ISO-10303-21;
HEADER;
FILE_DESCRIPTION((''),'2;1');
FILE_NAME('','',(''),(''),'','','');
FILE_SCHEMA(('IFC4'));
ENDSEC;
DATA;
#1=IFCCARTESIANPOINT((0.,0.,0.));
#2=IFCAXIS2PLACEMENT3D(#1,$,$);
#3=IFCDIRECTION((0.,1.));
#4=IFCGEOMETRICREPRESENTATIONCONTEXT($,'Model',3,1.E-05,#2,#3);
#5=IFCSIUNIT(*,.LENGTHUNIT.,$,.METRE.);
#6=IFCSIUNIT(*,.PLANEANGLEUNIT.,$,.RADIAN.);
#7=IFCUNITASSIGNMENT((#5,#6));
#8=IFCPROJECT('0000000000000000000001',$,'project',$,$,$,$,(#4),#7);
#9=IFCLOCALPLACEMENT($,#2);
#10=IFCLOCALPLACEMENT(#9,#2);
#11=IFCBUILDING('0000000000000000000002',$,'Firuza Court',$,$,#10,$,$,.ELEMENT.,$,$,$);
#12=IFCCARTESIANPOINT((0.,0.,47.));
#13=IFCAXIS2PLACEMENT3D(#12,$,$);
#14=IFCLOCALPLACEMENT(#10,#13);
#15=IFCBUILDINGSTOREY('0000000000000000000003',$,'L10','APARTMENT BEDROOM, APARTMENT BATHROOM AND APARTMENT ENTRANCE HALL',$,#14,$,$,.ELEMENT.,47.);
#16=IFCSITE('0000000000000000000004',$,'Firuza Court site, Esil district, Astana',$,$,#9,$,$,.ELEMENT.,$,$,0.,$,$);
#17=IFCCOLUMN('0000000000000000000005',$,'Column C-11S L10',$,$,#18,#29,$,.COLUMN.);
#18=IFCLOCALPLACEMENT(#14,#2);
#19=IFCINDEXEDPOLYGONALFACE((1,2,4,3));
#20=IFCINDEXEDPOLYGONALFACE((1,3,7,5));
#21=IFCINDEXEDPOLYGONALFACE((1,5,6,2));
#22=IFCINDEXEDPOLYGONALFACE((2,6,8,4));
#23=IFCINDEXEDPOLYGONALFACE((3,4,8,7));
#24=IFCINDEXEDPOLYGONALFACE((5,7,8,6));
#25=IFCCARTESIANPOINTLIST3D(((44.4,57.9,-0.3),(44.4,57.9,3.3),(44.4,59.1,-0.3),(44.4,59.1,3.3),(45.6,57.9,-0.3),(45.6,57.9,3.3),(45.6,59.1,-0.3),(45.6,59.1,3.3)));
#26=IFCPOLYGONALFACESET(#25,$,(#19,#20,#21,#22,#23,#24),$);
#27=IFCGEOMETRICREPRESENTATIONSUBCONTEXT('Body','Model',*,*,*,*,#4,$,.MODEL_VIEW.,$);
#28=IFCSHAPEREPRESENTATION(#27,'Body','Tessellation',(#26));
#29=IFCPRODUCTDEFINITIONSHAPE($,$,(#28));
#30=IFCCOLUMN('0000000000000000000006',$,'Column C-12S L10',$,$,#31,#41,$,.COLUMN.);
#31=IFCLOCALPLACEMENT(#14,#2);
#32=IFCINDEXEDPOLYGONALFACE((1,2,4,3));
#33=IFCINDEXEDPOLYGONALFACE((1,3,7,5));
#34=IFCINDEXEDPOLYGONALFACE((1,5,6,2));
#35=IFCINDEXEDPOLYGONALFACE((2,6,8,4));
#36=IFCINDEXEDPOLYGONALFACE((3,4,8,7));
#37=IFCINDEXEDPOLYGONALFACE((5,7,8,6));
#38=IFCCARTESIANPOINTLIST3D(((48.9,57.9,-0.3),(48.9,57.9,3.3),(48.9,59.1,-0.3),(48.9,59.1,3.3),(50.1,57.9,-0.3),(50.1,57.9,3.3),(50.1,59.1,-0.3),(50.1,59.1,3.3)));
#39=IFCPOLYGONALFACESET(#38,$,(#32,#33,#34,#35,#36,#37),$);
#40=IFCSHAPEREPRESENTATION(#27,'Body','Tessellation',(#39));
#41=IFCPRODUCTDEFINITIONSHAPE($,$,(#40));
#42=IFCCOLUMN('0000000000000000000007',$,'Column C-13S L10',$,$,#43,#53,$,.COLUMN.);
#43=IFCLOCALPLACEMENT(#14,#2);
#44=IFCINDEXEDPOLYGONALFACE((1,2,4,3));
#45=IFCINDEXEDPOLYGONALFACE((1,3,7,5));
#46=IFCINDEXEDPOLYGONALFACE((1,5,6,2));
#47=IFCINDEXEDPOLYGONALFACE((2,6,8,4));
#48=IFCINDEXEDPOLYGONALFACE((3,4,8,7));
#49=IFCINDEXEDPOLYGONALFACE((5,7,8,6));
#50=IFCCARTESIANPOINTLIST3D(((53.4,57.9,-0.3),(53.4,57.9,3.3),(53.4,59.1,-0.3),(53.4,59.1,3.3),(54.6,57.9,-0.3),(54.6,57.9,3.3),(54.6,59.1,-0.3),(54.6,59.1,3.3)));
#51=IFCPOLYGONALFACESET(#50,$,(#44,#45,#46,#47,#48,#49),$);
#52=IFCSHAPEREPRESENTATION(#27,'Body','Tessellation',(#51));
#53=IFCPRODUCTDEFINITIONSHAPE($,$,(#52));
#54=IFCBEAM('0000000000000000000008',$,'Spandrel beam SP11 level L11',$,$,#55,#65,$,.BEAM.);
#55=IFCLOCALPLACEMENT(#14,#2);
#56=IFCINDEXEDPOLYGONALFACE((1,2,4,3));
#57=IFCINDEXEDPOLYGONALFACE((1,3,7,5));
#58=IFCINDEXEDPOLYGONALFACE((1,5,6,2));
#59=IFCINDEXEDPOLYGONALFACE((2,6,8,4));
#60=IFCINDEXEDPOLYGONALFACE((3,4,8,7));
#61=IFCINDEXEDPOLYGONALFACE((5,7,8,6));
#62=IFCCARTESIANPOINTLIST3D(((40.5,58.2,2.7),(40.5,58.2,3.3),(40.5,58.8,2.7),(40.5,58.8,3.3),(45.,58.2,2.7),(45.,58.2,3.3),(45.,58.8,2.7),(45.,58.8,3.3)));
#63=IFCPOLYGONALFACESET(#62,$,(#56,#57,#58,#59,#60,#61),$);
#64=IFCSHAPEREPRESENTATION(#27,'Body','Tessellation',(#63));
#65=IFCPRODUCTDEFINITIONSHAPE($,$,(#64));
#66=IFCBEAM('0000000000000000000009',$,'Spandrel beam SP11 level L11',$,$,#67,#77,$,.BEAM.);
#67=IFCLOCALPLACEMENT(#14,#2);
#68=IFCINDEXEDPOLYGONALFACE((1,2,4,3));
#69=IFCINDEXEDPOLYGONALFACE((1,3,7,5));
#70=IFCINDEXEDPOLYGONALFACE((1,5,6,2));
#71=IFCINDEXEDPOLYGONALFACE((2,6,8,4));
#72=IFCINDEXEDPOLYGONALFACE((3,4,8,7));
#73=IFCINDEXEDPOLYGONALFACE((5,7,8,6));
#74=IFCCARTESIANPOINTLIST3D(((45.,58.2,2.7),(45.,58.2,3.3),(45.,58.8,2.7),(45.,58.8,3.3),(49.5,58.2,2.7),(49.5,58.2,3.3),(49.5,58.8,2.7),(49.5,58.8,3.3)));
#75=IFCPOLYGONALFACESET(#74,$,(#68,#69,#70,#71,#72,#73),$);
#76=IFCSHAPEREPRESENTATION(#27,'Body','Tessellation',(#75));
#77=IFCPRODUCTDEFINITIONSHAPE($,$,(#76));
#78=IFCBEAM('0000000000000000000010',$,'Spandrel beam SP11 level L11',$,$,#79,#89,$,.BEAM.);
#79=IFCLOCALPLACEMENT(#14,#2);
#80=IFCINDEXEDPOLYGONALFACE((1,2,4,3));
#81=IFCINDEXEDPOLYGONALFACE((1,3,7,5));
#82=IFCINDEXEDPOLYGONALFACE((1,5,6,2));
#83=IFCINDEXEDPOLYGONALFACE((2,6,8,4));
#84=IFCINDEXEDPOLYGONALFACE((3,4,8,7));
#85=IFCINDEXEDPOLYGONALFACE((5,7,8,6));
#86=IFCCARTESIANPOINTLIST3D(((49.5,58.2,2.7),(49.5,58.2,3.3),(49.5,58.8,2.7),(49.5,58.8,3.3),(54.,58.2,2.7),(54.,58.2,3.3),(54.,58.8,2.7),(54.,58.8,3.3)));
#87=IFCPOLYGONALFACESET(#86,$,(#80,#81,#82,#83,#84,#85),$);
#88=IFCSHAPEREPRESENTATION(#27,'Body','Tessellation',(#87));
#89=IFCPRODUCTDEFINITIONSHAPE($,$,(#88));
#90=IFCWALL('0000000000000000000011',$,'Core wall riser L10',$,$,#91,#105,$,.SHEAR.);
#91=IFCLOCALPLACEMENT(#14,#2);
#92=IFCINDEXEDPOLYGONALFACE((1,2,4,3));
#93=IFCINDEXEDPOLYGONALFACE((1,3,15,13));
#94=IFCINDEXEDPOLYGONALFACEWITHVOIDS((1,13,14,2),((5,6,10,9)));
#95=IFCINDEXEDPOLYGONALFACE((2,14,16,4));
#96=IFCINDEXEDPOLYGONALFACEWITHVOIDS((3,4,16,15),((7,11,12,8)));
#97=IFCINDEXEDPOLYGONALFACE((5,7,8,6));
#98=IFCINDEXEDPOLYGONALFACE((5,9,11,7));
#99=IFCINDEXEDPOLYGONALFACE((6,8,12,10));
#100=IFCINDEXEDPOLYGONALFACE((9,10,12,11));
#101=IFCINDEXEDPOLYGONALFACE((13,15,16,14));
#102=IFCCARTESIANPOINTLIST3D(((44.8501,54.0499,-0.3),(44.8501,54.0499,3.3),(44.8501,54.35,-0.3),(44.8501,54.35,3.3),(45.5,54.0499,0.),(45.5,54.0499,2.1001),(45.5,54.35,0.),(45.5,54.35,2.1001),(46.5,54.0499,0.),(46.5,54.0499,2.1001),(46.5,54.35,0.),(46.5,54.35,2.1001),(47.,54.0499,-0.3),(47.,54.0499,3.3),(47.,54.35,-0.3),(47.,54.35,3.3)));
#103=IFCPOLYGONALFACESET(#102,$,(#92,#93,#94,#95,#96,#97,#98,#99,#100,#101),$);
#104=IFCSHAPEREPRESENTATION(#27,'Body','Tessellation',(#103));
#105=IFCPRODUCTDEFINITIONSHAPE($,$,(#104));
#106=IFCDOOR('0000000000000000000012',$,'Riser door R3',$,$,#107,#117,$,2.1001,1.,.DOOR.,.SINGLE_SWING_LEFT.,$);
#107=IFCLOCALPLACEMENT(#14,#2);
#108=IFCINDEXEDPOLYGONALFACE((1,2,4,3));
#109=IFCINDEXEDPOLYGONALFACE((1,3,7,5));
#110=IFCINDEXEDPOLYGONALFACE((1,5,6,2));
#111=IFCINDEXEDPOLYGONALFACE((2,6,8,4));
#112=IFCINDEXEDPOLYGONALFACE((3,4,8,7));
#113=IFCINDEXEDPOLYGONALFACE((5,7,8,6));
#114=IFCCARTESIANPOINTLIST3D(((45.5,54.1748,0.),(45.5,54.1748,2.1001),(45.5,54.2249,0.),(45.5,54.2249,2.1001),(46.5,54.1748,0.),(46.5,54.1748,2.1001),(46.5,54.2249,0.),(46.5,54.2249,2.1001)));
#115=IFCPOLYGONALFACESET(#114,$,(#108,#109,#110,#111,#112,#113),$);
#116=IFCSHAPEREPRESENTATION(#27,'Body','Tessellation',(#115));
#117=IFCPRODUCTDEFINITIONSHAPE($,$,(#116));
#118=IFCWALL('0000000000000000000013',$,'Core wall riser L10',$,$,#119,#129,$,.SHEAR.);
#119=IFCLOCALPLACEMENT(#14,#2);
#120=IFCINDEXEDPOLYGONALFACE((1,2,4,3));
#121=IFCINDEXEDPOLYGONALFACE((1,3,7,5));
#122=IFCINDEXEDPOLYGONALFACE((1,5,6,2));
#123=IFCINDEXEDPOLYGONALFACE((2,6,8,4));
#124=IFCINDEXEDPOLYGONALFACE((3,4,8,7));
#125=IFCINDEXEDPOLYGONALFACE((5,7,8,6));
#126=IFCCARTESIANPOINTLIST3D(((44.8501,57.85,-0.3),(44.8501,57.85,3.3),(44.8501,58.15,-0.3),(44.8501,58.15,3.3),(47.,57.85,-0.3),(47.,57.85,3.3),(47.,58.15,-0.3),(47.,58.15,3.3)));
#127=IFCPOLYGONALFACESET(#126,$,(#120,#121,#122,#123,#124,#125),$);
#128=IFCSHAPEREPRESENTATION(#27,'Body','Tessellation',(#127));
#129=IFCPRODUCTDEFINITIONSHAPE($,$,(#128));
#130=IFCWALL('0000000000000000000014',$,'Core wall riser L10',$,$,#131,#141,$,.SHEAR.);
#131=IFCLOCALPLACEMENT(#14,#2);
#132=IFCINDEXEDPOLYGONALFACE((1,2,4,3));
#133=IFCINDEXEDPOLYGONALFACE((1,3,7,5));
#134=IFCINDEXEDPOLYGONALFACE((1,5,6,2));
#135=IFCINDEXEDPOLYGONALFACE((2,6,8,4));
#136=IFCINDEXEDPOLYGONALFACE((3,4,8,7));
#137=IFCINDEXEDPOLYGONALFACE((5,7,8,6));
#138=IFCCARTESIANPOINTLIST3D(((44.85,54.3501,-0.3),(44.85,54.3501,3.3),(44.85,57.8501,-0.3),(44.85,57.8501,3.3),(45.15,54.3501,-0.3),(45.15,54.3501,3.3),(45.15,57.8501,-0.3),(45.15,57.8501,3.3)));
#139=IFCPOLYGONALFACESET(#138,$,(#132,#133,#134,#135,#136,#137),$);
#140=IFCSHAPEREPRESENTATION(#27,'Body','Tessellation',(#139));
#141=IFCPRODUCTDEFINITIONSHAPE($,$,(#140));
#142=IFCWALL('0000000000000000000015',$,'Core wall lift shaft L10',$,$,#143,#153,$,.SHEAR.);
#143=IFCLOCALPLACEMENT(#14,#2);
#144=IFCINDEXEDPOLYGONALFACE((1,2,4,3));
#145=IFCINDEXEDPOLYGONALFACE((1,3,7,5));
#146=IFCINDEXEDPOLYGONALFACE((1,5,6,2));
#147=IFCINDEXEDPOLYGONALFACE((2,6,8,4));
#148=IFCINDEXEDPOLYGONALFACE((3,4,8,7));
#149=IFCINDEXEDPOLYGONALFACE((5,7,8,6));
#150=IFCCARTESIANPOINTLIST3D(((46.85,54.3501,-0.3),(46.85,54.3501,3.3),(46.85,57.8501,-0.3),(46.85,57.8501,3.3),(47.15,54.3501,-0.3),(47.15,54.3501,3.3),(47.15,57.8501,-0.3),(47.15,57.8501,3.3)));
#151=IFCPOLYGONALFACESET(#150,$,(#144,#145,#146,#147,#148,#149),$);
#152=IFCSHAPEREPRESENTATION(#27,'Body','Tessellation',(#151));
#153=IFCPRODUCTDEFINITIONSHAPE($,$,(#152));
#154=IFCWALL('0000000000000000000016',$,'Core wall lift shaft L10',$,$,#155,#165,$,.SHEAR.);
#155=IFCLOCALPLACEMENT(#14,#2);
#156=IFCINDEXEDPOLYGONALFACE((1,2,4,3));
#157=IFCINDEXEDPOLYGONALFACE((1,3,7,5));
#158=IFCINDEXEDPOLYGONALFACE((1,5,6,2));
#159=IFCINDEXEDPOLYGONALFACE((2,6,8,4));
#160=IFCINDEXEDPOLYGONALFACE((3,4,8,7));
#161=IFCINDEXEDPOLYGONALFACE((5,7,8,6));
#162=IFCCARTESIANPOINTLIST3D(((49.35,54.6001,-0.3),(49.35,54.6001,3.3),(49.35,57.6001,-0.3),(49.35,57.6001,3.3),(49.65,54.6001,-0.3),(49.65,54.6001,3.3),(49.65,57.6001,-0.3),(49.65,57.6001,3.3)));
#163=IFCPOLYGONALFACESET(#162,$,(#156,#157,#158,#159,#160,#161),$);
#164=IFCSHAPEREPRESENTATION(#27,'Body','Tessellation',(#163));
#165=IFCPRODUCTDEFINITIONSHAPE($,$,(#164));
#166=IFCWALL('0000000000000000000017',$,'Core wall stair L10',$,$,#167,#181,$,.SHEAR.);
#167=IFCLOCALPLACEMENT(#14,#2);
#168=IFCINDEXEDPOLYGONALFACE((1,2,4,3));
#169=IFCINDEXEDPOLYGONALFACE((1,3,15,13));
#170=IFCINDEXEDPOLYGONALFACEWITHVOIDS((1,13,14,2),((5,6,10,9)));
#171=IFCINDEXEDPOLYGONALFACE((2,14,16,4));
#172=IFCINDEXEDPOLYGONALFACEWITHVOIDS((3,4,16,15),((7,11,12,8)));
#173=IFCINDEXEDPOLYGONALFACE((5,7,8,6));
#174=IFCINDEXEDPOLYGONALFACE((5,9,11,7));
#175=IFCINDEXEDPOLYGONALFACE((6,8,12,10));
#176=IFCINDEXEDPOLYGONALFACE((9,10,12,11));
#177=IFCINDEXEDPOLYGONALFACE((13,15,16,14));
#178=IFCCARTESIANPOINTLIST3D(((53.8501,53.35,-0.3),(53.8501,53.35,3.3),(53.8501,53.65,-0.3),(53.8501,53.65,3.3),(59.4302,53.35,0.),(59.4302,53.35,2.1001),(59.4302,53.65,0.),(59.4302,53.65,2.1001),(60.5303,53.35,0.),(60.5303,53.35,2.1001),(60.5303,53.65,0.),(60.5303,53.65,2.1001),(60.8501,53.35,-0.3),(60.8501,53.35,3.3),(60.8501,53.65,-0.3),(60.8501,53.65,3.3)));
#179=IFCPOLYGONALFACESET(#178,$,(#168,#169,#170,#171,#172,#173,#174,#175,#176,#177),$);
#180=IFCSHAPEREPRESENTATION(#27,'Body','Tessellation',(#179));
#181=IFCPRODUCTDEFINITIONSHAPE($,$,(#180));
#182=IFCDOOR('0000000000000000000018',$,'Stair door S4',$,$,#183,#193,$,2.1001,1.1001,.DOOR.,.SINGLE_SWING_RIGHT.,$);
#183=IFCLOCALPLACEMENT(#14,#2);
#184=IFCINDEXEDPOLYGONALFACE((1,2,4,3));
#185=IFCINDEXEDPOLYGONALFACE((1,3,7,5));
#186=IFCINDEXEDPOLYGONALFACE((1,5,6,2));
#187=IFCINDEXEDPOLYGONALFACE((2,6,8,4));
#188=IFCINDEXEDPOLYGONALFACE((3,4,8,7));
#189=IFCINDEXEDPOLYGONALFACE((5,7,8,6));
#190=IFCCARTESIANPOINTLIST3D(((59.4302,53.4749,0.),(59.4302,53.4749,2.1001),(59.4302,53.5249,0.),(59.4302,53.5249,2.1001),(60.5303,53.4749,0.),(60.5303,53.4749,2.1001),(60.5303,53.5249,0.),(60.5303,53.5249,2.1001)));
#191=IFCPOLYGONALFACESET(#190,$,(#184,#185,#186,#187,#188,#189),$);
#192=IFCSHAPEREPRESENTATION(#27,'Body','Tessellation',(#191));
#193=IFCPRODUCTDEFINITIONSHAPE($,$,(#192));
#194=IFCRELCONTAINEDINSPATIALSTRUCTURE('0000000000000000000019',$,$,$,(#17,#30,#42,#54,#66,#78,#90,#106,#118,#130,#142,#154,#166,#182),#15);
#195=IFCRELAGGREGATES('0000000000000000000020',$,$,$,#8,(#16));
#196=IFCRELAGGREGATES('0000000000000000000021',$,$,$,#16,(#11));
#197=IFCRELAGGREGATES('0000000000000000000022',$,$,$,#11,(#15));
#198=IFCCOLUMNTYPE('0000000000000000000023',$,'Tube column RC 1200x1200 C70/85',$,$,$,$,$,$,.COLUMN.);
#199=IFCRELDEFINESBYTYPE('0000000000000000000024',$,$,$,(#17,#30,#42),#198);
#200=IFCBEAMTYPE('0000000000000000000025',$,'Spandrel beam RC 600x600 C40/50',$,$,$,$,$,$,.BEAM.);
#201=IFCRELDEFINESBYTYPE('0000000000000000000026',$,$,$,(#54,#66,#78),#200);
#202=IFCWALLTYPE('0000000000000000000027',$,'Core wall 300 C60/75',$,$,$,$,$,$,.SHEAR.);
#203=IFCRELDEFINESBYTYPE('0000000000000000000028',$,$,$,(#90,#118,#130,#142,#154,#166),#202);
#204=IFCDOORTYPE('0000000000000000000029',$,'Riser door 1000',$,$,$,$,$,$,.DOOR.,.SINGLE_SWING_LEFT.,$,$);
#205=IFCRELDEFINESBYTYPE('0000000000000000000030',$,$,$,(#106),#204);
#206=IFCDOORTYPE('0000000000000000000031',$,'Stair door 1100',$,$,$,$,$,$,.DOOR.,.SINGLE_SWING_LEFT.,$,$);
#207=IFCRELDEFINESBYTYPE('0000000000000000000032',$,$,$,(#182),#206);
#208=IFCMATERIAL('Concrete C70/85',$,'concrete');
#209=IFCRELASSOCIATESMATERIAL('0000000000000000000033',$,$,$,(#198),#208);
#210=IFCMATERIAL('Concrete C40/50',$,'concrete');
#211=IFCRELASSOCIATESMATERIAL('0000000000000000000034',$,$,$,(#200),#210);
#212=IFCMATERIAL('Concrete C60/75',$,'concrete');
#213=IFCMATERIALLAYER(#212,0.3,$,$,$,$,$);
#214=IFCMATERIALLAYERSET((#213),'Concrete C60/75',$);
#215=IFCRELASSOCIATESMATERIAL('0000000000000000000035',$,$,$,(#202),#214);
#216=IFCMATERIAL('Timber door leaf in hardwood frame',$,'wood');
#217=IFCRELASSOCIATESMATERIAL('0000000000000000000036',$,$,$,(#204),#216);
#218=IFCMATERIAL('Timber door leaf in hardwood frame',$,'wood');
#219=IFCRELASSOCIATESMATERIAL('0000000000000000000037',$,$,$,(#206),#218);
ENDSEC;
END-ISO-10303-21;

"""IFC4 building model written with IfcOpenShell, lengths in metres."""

from ifc_helpers import new_model, si_unit, direction, frame, frame_2d, origin, origin_2d, place, context, subcontext, project, spatial, rectangle, extrude, material, layer, layer_set, material_profile, profile_set, type_object, element, fill, save


model = new_model("IFC4")

# Units and contexts
model_context = context("Model", 3, precision=1e-05, world=origin(), true_north=direction((0.0, 1.0)))
body_context = subcontext(model_context, "Body", "Model", "MODEL_VIEW")
ifc_project = project(units=[si_unit("LENGTHUNIT", "METRE"), si_unit("PLANEANGLEUNIT", "RADIAN")], contexts=[model_context])

# Site, building, storey
site_placement = place(None, origin())
site = spatial("IfcSite", under=ifc_project, at=site_placement, Name="Firuza Court site, Esil district, Astana", CompositionType="ELEMENT", RefElevation=0.0)
building_placement = place(site_placement, origin())
building = spatial("IfcBuilding", under=site, at=building_placement, Name="Firuza Court", CompositionType="ELEMENT")
storey_placement = place(building_placement, frame((0.0, 0.0, 47.0)))
storey = spatial("IfcBuildingStorey", under=building, at=storey_placement, Name="L10", Description="APARTMENT BEDROOM, APARTMENT BATHROOM AND APARTMENT ENTRANCE HALL", CompositionType="ELEMENT", Elevation=47.0)

# Columns
ifc_material_1 = material(Name="Concrete C70/85", Category="concrete")
ifc_material_profile_1 = material_profile(ifc_material_1, rectangle(XDim=1.2, YDim=1.2, at=origin_2d()), Name="RC 1200x1200")
ifc_profile_set_1 = profile_set([ifc_material_profile_1], Name="Concrete C70/85")
column_type = type_object("IfcColumnType", Name="Tube column RC 1200x1200 C70/85", PredefinedType="COLUMN", material=ifc_profile_set_1)
for number, where, z_axis, x_axis, name in (
    (1, (45.0, 58.5, -0.3), (0.0, 0.0, 1.0), (1.0, 0.0, 0.0), "Column C-11S L10"),
    (2, (49.5, 58.5, -0.3), (0.0, 0.0, 1.0), (1.0, 0.0, 0.0), "Column C-12S L10"),
    (3, (54.0, 58.5, -0.3), (0.0, 0.0, 1.0), (1.0, 0.0, 0.0), "Column C-13S L10"),
):
    element("IfcColumn", number, at=place(storey_placement, frame(where, z_axis=z_axis, x_axis=x_axis)), inside=storey, type_object=column_type, Name=name, PredefinedType="COLUMN", context=body_context, shape_type="SweptSolid", body=[
        extrude(rectangle(XDim=1.2, YDim=1.2, at=origin_2d()), origin(), (0.0, 0.0, 1.0), 3.6001),
    ])

# Beams
ifc_material_2 = material(Name="Concrete C40/50", Category="concrete")
ifc_material_profile_2 = material_profile(ifc_material_2, rectangle(XDim=0.6001, YDim=0.6001, at=origin_2d()), Name="RC 600x600")
ifc_profile_set_2 = profile_set([ifc_material_profile_2], Name="Concrete C40/50")
beam_type = type_object("IfcBeamType", Name="Spandrel beam RC 600x600 C40/50", PredefinedType="BEAM", material=ifc_profile_set_2)
for number, where, z_axis, x_axis, name in (
    (4, (45.0, 58.5, 3.0), (-1.0, 0.0, 0.0), (0.0, -1.0, 0.0), "Spandrel beam SP11 level L11"),
    (5, (49.5, 58.5, 3.0), (-1.0, 0.0, 0.0), (0.0, -1.0, 0.0), "Spandrel beam SP11 level L11"),
    (6, (54.0, 58.5, 3.0), (-1.0, 0.0, 0.0), (0.0, -1.0, 0.0), "Spandrel beam SP11 level L11"),
):
    element("IfcBeam", number, at=place(storey_placement, frame(where, z_axis=z_axis, x_axis=x_axis)), inside=storey, type_object=beam_type, Name=name, PredefinedType="BEAM", context=body_context, shape_type="SweptSolid", body=[
        extrude(rectangle(XDim=0.6001, YDim=0.6001, at=origin_2d()), origin(), (0.0, 0.0, 1.0), 4.5),
    ])

# Wall, opening, door
ifc_material_3 = material(Name="Concrete C60/75", Category="concrete")
ifc_layer_1 = layer(ifc_material_3, 0.3)
ifc_layer_set_1 = layer_set([ifc_layer_1], Name="Concrete C60/75")
wall_type_1 = type_object("IfcWallType", Name="Core wall 300 C60/75", PredefinedType="SHEAR", material=ifc_layer_set_1)
wall_1_placement = place(storey_placement, frame((44.8501, 54.2, -0.3), z_axis=(0.0, 0.0, 1.0), x_axis=(1.0, 0.0, 0.0)))
wall_1 = element("IfcWall", 7, at=wall_1_placement, inside=storey, type_object=wall_type_1, Name="Core wall riser L10", PredefinedType="SHEAR", context=body_context, shape_type="SweptSolid", body=[
    extrude(rectangle(XDim=2.1499, YDim=0.3, at=frame_2d((1.075, 0.0))), origin(), (0.0, 0.0, 1.0), 3.6001),
])
opening_1_placement = place(wall_1_placement, frame((0.6499, 0.0, 0.3)))
opening_1 = element("IfcOpeningElement", 8, at=opening_1_placement, cuts=wall_1, PredefinedType="OPENING", context=body_context, shape_type="SweptSolid", body=[
    extrude(rectangle(XDim=1.0, YDim=2.1001, at=frame_2d((0.5, 1.05))), frame((0.0, 0.1621, 0.0), z_axis=(0.0, -1.0, 0.0), x_axis=(1.0, 0.0, 0.0)), (0.0, 0.0, 1.0), 0.324),
])
ifc_material_4 = material(Name="Timber door leaf in hardwood frame", Category="wood")
door_type_1 = type_object("IfcDoorType", Name="Riser door 1000", OperationType="SINGLE_SWING_LEFT", PredefinedType="DOOR", material=ifc_material_4)
door_1_placement = place(opening_1_placement, origin())
door_1 = element("IfcDoor", 9, at=door_1_placement, inside=storey, type_object=door_type_1, Name="Riser door R3", OperationType="SINGLE_SWING_LEFT", OverallHeight=2.1001, OverallWidth=1.0, PredefinedType="DOOR", context=body_context, shape_type="SweptSolid", body=[
    extrude(rectangle(XDim=1.0, YDim=2.1001, at=frame_2d((0.5, 1.05))), frame((0.0, 0.0249, 0.0), z_axis=(0.0, -1.0, 0.0), x_axis=(1.0, 0.0, 0.0)), (0.0, 0.0, 1.0), 0.05),
])
fill(opening_1, door_1)

# Walls
wall_2_placement = place(storey_placement, frame((44.8501, 58.0, -0.3), z_axis=(0.0, 0.0, 1.0), x_axis=(1.0, 0.0, 0.0)))
element("IfcWall", 10, at=wall_2_placement, inside=storey, type_object=wall_type_1, Name="Core wall riser L10", PredefinedType="SHEAR", context=body_context, shape_type="SweptSolid", body=[
    extrude(rectangle(XDim=2.1499, YDim=0.3, at=frame_2d((1.075, 0.0))), origin(), (0.0, 0.0, 1.0), 3.6001),
])
for number, where, z_axis, x_axis, name in (
    (11, (45.0, 54.3501, -0.3), (0.0, 0.0, 1.0), (0.0, 1.0, 0.0), "Core wall riser L10"),
    (12, (47.0, 54.3501, -0.3), (0.0, 0.0, 1.0), (0.0, 1.0, 0.0), "Core wall lift shaft L10"),
):
    element("IfcWall", number, at=place(storey_placement, frame(where, z_axis=z_axis, x_axis=x_axis)), inside=storey, type_object=wall_type_1, Name=name, PredefinedType="SHEAR", context=body_context, shape_type="SweptSolid", body=[
        extrude(rectangle(XDim=3.5, YDim=0.3, at=frame_2d((1.75, 0.0))), origin(), (0.0, 0.0, 1.0), 3.6001),
    ])
wall_3_placement = place(storey_placement, frame((49.5, 54.6001, -0.3), z_axis=(0.0, 0.0, 1.0), x_axis=(0.0, 1.0, 0.0)))
element("IfcWall", 13, at=wall_3_placement, inside=storey, type_object=wall_type_1, Name="Core wall lift shaft L10", PredefinedType="SHEAR", context=body_context, shape_type="SweptSolid", body=[
    extrude(rectangle(XDim=3.0, YDim=0.3, at=frame_2d((1.5, 0.0))), origin(), (0.0, 0.0, 1.0), 3.6001),
])

# Wall, opening, door
wall_4_placement = place(storey_placement, frame((53.8501, 53.5, -0.3), z_axis=(0.0, 0.0, 1.0), x_axis=(1.0, 0.0, 0.0)))
wall_4 = element("IfcWall", 14, at=wall_4_placement, inside=storey, type_object=wall_type_1, Name="Core wall stair L10", PredefinedType="SHEAR", context=body_context, shape_type="SweptSolid", body=[
    extrude(rectangle(XDim=7.0, YDim=0.3, at=frame_2d((3.5, 0.0))), origin(), (0.0, 0.0, 1.0), 3.6001),
])
opening_2_placement = place(wall_4_placement, frame((5.5801, 0.0, 0.3)))
opening_2 = element("IfcOpeningElement", 15, at=opening_2_placement, cuts=wall_4, PredefinedType="OPENING", context=body_context, shape_type="SweptSolid", body=[
    extrude(rectangle(XDim=1.1001, YDim=2.1001, at=frame_2d((0.55, 1.05))), frame((0.0, 0.1621, 0.0), z_axis=(0.0, -1.0, 0.0), x_axis=(1.0, 0.0, 0.0)), (0.0, 0.0, 1.0), 0.324),
])
ifc_material_5 = material(Name="Timber door leaf in hardwood frame", Category="wood")
door_type_2 = type_object("IfcDoorType", Name="Stair door 1100", OperationType="SINGLE_SWING_LEFT", PredefinedType="DOOR", material=ifc_material_5)
door_2_placement = place(opening_2_placement, origin())
door_2 = element("IfcDoor", 16, at=door_2_placement, inside=storey, type_object=door_type_2, Name="Stair door S4", OperationType="SINGLE_SWING_RIGHT", OverallHeight=2.1001, OverallWidth=1.1001, PredefinedType="DOOR", context=body_context, shape_type="SweptSolid", body=[
    extrude(rectangle(XDim=1.1001, YDim=2.1001, at=frame_2d((0.55, 1.05))), frame((0.0, 0.0249, 0.0), z_axis=(0.0, -1.0, 0.0), x_axis=(1.0, 0.0, 0.0)), (0.0, 0.0, 1.0), 0.05),
])
fill(opening_2, door_2)

save(model, "model.ifc")
